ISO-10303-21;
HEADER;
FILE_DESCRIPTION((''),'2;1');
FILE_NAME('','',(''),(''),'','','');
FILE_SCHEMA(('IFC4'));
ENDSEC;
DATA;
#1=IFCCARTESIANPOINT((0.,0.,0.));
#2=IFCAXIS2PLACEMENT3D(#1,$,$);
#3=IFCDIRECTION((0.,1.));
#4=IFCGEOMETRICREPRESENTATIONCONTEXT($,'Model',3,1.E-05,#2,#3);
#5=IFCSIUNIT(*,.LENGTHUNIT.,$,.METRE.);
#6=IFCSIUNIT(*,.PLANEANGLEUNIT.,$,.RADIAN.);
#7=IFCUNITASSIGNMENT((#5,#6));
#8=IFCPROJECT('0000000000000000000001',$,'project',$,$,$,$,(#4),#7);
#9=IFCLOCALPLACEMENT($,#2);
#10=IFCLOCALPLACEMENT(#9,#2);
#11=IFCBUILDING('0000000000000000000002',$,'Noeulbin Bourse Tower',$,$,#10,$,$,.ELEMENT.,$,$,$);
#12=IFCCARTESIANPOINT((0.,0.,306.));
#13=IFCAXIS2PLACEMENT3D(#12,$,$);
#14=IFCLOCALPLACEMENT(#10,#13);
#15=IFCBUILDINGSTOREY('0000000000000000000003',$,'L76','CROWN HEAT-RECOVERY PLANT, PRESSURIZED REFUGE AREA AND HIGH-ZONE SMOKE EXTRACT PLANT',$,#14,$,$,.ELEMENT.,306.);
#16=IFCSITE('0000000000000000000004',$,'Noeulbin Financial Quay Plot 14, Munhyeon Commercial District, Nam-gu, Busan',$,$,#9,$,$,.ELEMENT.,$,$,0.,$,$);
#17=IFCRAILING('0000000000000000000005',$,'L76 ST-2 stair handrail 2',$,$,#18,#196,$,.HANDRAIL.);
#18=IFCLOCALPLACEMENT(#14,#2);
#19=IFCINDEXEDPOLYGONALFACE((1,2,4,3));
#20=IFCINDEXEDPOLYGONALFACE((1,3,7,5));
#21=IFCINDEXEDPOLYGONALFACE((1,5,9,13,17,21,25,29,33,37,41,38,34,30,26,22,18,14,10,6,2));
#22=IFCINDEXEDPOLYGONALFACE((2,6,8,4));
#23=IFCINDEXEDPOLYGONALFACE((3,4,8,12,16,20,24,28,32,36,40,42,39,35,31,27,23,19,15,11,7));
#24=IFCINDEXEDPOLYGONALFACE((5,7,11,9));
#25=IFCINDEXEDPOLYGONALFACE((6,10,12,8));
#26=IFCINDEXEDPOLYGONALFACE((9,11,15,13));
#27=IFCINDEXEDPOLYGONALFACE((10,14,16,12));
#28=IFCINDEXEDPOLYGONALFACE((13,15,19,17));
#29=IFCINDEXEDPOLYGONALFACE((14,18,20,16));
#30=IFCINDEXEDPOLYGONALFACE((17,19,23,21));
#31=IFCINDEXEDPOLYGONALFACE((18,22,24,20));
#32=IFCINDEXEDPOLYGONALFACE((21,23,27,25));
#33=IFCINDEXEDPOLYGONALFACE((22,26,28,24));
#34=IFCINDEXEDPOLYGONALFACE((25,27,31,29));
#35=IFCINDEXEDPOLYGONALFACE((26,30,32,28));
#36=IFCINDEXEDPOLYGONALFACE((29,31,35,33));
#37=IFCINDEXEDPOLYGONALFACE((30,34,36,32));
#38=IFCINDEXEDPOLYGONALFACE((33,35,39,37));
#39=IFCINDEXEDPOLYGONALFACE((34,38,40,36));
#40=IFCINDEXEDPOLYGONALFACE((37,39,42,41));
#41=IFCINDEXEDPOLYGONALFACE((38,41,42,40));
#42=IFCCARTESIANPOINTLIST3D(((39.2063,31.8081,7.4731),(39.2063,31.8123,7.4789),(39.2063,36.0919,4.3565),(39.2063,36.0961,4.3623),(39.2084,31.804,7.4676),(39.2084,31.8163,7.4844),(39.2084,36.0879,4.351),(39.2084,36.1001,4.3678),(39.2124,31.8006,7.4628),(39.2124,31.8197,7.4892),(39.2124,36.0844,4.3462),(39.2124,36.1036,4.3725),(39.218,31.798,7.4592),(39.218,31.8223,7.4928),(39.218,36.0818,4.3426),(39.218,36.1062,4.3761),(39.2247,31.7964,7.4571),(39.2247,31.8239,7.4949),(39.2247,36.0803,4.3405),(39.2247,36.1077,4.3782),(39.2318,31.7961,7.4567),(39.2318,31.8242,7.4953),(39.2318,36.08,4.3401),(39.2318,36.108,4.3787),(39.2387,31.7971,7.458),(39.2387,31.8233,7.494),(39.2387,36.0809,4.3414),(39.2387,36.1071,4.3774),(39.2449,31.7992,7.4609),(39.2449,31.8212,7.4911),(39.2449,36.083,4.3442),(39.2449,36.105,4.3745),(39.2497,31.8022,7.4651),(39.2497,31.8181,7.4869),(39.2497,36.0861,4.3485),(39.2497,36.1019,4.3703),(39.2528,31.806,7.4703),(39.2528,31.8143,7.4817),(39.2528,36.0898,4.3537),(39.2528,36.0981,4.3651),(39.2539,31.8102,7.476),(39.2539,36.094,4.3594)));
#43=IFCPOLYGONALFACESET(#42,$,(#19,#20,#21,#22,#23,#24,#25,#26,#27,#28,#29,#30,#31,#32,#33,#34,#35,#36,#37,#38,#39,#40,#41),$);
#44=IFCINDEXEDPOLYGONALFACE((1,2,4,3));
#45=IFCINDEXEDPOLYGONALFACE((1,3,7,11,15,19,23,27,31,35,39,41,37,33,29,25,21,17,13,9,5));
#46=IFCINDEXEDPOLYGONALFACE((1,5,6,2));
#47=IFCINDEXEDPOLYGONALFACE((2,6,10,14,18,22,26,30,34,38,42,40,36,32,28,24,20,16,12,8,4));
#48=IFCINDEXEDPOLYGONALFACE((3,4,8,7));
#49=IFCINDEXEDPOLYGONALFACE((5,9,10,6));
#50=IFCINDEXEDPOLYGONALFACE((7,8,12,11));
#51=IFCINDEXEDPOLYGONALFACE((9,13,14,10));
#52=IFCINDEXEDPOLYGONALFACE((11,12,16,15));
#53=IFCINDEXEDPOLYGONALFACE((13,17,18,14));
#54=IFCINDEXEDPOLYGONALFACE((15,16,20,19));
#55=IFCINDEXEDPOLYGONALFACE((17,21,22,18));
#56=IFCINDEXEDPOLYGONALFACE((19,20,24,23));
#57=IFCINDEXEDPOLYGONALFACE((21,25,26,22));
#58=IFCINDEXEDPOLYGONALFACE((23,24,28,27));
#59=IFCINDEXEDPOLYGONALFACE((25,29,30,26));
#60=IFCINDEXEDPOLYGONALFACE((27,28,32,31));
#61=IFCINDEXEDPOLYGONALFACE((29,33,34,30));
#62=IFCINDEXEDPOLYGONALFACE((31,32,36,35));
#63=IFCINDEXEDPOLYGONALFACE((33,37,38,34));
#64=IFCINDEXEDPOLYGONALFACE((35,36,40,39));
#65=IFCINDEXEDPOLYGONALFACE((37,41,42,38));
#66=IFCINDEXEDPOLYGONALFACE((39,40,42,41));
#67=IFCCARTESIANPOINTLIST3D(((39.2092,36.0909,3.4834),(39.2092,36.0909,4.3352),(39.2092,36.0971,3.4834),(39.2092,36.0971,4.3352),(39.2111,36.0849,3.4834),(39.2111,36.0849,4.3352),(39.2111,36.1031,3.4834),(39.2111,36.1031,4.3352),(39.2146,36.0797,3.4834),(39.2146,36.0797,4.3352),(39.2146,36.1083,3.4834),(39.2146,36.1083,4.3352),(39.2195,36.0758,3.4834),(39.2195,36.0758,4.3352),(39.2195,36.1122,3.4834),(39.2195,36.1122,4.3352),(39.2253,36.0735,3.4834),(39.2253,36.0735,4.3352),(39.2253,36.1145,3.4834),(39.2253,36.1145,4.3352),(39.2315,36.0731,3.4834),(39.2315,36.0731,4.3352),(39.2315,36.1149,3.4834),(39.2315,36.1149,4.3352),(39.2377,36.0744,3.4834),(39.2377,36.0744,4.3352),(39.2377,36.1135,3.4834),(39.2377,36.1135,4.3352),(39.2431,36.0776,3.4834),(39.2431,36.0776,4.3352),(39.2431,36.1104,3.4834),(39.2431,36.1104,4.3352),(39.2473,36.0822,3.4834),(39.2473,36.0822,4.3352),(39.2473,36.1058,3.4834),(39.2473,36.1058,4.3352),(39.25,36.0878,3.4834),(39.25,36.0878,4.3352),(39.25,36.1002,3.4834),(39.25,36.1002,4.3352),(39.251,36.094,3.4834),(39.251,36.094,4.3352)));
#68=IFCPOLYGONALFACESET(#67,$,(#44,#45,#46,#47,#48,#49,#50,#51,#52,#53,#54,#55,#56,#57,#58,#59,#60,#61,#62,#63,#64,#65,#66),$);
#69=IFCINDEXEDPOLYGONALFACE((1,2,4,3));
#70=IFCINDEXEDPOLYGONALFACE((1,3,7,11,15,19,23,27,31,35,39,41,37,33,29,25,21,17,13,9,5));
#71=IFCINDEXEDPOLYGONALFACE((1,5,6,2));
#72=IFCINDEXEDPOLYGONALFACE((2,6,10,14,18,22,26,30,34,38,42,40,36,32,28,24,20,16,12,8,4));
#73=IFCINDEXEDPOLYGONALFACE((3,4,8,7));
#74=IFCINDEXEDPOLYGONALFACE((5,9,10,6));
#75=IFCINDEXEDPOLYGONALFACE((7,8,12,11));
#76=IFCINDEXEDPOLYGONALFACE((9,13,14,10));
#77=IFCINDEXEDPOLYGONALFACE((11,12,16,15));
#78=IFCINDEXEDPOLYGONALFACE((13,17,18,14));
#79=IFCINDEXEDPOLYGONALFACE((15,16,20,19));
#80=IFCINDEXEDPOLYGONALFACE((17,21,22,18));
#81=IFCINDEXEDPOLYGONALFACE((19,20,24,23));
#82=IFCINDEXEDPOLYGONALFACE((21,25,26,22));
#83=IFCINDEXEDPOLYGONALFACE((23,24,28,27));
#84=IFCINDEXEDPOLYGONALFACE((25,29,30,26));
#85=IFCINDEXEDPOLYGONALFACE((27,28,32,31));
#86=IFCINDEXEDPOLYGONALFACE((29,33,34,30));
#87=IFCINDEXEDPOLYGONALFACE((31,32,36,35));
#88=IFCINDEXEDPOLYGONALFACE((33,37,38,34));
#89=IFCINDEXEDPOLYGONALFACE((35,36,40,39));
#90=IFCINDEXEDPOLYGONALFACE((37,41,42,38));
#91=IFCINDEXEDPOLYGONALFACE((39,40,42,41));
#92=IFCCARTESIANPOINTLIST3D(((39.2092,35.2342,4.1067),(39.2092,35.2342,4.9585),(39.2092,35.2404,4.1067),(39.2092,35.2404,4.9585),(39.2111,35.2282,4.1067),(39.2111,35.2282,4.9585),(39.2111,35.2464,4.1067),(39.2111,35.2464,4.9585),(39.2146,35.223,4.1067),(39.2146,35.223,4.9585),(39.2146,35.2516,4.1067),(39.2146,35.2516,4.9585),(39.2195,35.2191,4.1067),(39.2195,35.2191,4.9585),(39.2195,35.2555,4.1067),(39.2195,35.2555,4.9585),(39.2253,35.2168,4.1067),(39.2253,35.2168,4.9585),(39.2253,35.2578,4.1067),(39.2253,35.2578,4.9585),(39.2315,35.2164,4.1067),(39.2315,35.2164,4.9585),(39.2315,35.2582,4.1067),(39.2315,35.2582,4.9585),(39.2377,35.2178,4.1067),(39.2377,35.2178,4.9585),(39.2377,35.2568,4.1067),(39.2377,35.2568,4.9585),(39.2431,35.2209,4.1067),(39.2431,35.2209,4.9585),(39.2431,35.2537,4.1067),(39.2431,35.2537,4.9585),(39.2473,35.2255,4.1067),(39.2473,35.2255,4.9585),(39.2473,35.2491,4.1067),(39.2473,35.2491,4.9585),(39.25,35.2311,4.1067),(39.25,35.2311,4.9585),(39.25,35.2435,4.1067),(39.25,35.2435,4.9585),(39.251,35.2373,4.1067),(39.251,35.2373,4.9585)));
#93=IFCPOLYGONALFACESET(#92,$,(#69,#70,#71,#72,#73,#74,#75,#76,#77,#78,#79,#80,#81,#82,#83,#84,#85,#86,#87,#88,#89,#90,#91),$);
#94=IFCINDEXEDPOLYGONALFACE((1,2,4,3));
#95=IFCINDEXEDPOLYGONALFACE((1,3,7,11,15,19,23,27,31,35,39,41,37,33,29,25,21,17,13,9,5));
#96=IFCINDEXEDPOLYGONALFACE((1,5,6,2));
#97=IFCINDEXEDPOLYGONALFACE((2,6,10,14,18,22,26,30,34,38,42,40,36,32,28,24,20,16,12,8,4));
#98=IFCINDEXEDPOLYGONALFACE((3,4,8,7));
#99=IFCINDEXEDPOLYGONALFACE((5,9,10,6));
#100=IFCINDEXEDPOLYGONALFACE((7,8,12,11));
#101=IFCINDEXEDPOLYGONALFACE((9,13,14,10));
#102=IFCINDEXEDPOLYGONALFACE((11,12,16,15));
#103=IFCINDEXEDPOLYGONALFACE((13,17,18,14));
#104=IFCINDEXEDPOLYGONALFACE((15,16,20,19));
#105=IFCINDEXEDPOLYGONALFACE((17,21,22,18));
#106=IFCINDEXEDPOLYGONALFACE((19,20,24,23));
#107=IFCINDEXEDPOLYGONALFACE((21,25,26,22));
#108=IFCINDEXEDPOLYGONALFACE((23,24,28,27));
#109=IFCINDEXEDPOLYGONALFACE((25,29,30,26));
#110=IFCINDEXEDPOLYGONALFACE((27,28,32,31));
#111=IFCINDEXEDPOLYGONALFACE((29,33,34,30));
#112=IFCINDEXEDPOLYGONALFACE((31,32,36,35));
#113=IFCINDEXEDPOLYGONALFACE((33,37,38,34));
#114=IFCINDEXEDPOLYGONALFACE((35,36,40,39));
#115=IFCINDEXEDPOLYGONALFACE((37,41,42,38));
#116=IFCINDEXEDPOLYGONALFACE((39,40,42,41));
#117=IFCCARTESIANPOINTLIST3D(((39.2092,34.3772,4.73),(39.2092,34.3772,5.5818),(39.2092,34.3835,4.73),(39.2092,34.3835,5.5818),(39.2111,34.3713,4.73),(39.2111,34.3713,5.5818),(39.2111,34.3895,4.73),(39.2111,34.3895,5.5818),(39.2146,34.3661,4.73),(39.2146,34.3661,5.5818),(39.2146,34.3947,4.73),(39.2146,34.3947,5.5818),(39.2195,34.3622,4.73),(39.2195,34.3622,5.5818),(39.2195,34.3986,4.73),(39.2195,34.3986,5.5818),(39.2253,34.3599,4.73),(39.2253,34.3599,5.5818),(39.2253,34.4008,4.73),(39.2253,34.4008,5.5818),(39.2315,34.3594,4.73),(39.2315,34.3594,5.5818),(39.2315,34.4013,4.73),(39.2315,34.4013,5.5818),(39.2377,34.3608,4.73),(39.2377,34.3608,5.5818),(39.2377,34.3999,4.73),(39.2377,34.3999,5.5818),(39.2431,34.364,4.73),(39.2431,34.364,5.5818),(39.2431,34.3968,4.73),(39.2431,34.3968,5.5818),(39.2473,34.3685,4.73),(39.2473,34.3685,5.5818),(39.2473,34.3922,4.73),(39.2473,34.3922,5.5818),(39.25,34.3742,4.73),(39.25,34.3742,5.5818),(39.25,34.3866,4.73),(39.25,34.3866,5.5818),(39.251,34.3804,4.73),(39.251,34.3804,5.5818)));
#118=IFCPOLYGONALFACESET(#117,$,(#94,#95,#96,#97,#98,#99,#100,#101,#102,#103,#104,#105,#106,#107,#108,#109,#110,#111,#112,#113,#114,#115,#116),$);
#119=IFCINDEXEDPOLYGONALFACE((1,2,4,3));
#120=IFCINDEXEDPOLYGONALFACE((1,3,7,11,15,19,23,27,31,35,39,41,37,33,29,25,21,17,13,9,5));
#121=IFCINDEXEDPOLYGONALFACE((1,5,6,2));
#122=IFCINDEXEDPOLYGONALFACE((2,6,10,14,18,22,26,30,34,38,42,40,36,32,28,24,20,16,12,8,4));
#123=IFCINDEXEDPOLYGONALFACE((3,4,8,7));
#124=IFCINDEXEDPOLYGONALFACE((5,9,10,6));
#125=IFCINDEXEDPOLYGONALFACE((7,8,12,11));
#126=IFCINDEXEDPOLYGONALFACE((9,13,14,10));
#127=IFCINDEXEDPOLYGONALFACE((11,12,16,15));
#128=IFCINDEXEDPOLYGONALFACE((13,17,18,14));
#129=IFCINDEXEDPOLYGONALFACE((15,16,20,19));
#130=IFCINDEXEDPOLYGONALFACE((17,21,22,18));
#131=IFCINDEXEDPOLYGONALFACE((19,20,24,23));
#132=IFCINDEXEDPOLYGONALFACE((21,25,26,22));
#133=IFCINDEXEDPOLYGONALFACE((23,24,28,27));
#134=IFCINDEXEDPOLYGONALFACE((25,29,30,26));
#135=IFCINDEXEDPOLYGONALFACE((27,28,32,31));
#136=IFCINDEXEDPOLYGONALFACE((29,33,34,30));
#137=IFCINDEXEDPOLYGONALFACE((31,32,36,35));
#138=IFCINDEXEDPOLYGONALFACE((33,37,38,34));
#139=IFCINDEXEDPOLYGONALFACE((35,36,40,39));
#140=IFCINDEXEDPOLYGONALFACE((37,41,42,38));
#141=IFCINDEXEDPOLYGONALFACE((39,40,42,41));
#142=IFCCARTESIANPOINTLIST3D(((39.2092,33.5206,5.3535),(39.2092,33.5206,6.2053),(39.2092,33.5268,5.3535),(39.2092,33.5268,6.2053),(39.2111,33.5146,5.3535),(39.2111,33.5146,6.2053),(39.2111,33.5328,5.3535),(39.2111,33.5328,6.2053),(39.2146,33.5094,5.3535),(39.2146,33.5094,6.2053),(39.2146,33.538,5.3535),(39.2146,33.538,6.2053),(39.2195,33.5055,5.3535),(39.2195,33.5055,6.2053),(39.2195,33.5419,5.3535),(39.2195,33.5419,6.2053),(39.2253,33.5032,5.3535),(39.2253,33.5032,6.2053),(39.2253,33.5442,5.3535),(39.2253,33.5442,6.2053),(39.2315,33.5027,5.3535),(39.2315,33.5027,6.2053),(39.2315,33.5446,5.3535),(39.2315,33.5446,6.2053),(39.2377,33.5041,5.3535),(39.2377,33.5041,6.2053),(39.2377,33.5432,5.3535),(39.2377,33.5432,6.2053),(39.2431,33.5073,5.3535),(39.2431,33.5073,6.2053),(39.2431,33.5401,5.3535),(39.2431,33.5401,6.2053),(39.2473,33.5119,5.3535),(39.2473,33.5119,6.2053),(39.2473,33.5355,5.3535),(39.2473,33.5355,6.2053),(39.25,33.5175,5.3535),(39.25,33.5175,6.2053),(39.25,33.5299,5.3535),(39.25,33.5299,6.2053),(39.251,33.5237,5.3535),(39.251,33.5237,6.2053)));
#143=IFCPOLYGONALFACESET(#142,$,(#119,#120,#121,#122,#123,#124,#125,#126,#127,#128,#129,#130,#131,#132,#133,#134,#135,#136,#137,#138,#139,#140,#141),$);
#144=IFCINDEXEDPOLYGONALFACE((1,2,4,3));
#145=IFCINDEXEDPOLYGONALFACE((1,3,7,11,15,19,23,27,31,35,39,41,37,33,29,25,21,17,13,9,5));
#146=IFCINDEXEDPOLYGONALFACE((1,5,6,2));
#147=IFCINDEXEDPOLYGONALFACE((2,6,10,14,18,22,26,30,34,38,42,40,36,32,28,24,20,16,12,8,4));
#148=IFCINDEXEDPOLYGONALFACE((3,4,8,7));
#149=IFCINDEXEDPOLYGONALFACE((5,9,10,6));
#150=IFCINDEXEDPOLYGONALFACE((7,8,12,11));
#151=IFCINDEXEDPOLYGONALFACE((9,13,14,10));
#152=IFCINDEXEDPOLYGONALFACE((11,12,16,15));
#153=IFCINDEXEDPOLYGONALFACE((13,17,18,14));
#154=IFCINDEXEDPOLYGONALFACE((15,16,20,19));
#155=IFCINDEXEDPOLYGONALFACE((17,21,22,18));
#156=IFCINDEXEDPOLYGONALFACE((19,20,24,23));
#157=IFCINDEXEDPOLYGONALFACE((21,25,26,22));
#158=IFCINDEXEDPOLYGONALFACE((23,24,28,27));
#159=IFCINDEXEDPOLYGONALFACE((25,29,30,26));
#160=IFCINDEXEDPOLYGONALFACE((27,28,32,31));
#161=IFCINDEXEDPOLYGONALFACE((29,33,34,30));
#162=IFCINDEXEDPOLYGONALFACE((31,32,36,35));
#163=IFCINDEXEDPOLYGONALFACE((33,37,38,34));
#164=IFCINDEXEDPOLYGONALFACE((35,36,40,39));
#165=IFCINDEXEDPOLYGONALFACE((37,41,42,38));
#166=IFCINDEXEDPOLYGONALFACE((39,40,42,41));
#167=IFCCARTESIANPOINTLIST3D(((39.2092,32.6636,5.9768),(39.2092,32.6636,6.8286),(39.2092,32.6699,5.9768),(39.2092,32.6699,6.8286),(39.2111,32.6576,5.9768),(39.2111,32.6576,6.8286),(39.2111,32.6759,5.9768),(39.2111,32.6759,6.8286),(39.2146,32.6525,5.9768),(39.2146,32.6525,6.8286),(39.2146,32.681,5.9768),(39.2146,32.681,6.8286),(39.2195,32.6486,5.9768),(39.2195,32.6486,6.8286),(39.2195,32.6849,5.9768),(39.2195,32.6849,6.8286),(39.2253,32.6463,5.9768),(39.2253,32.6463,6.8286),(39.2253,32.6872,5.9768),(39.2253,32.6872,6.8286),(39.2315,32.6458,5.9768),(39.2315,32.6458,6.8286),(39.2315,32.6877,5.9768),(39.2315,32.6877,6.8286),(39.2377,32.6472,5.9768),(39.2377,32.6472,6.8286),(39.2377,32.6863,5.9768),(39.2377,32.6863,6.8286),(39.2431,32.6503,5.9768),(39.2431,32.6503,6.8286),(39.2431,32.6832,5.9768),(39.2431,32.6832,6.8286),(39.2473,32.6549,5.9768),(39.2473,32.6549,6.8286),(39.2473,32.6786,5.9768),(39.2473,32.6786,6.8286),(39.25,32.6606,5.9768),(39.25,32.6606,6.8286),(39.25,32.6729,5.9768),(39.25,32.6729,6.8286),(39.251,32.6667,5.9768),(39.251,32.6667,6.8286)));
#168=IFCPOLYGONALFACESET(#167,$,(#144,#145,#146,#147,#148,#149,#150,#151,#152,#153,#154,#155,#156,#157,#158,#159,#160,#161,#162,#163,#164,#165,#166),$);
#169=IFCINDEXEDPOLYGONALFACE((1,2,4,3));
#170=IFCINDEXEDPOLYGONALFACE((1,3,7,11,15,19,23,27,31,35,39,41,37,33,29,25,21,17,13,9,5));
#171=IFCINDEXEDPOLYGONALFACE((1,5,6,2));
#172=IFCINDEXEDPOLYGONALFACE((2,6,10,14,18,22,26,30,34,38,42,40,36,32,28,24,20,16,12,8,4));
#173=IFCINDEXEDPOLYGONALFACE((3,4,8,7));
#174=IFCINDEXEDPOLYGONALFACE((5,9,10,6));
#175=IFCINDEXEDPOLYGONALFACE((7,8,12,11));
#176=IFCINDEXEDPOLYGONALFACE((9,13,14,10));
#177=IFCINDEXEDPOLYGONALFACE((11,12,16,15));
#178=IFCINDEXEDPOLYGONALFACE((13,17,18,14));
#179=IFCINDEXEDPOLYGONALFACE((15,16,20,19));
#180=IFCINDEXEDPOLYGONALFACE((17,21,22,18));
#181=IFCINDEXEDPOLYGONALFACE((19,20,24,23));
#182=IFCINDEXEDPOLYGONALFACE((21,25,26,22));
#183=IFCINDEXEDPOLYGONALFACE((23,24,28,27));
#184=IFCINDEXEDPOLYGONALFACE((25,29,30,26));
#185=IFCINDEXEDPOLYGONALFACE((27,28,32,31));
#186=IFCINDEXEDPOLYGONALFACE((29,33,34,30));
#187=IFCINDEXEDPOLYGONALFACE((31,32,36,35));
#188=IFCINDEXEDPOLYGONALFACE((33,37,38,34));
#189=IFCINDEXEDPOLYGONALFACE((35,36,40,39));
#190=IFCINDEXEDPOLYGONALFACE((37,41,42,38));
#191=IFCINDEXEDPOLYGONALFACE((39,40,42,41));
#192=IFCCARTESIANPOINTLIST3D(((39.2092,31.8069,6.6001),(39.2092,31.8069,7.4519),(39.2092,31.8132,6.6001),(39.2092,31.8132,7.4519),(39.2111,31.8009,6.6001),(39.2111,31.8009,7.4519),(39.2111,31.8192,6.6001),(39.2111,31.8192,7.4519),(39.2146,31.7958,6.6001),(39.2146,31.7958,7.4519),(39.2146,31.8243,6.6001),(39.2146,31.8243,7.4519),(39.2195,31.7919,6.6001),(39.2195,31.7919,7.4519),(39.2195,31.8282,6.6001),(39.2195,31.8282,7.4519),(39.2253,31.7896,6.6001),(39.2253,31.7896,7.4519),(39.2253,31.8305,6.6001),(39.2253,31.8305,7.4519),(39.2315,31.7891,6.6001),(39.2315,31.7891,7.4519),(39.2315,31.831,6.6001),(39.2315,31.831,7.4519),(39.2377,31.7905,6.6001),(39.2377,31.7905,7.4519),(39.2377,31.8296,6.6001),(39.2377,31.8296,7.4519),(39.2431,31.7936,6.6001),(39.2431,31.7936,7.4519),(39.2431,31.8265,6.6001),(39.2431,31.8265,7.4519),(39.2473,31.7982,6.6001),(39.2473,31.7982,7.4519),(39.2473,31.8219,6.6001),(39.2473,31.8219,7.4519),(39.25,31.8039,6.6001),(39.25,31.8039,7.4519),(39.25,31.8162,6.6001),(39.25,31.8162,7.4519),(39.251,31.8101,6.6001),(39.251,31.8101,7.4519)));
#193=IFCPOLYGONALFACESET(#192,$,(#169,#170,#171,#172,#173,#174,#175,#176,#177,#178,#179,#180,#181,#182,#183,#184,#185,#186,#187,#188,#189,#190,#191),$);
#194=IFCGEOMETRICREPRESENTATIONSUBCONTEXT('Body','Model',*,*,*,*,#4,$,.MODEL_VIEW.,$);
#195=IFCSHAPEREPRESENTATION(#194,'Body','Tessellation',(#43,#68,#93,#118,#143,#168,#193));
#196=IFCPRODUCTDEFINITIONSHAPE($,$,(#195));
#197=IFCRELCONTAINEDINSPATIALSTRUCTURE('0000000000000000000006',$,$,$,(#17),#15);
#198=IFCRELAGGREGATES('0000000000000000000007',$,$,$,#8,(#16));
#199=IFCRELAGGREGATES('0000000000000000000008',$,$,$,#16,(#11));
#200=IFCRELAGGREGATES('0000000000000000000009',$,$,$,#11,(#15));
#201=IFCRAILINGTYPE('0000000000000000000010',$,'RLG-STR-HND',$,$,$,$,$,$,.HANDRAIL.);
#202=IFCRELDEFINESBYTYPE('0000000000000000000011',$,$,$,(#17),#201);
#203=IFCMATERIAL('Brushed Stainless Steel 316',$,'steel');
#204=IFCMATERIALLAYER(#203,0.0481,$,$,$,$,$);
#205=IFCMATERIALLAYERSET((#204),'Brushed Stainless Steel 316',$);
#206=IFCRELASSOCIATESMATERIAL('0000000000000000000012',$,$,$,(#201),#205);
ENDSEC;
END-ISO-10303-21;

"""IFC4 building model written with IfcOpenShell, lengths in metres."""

from ifc_helpers import new_model, si_unit, direction, frame, origin, origin_2d, place, context, subcontext, project, spatial, circle, extrude, material, layer, layer_set, type_object, element, save


model = new_model("IFC4")

# Units and contexts
model_context = context("Model", 3, precision=1e-05, world=origin(), true_north=direction((0.0, 1.0)))
body_context = subcontext(model_context, "Body", "Model", "MODEL_VIEW")
ifc_project = project(units=[si_unit("LENGTHUNIT", "METRE"), si_unit("PLANEANGLEUNIT", "RADIAN")], contexts=[model_context])

# Site, building, storey
site_placement = place(None, origin())
site = spatial("IfcSite", under=ifc_project, at=site_placement, Name="Noeulbin Financial Quay Plot 14, Munhyeon Commercial District, Nam-gu, Busan", CompositionType="ELEMENT", RefElevation=0.0)
building_placement = place(site_placement, origin())
building = spatial("IfcBuilding", under=site, at=building_placement, Name="Noeulbin Bourse Tower", CompositionType="ELEMENT")
storey_placement = place(building_placement, frame((0.0, 0.0, 306.0)))
storey = spatial("IfcBuildingStorey", under=building, at=storey_placement, Name="L76", Description="CROWN HEAT-RECOVERY PLANT, PRESSURIZED REFUGE AREA AND HIGH-ZONE SMOKE EXTRACT PLANT", CompositionType="ELEMENT", Elevation=306.0)

# Railing
ifc_material_1 = material(Name="Brushed Stainless Steel 316", Category="steel")
ifc_layer_1 = layer(ifc_material_1, 0.0481)
ifc_layer_set_1 = layer_set([ifc_layer_1], Name="Brushed Stainless Steel 316")
railing_type_1 = type_object("IfcRailingType", Name="RLG-STR-HND", PredefinedType="HANDRAIL", material=ifc_layer_set_1)
railing_1_placement = place(storey_placement, frame((39.23, 36.094, 3.4834)))
element("IfcRailing", 1, at=railing_1_placement, inside=storey, type_object=railing_type_1, Name="L76 ST-2 stair handrail 2", PredefinedType="HANDRAIL", context=body_context, shape_type="SweptSolid", body=[
    extrude(circle(Radius=0.0239, at=origin_2d()), frame((0.0, 0.0, 0.876), z_axis=(0.0, -0.808636, 0.588309), x_axis=(1.0, 0.0, 0.0)), (0.0, 0.0, 1.0), 5.2976),
    extrude(circle(Radius=0.021, at=origin_2d()), origin(), (0.0, 0.0, 1.0), 0.8518),
    extrude(circle(Radius=0.021, at=origin_2d()), frame((0.0, -0.8567, 0.6233)), (0.0, 0.0, 1.0), 0.8518),
    extrude(circle(Radius=0.021, at=origin_2d()), frame((0.0, -1.7136, 1.2466)), (0.0, 0.0, 1.0), 0.8518),
    extrude(circle(Radius=0.021, at=origin_2d()), frame((0.0, -2.5703, 1.8701)), (0.0, 0.0, 1.0), 0.8518),
    extrude(circle(Radius=0.021, at=origin_2d()), frame((0.0, -3.4272, 2.4934)), (0.0, 0.0, 1.0), 0.8518),
    extrude(circle(Radius=0.021, at=origin_2d()), frame((0.0, -4.2839, 3.1167)), (0.0, 0.0, 1.0), 0.8518),
])

save(model, "model.ifc")
